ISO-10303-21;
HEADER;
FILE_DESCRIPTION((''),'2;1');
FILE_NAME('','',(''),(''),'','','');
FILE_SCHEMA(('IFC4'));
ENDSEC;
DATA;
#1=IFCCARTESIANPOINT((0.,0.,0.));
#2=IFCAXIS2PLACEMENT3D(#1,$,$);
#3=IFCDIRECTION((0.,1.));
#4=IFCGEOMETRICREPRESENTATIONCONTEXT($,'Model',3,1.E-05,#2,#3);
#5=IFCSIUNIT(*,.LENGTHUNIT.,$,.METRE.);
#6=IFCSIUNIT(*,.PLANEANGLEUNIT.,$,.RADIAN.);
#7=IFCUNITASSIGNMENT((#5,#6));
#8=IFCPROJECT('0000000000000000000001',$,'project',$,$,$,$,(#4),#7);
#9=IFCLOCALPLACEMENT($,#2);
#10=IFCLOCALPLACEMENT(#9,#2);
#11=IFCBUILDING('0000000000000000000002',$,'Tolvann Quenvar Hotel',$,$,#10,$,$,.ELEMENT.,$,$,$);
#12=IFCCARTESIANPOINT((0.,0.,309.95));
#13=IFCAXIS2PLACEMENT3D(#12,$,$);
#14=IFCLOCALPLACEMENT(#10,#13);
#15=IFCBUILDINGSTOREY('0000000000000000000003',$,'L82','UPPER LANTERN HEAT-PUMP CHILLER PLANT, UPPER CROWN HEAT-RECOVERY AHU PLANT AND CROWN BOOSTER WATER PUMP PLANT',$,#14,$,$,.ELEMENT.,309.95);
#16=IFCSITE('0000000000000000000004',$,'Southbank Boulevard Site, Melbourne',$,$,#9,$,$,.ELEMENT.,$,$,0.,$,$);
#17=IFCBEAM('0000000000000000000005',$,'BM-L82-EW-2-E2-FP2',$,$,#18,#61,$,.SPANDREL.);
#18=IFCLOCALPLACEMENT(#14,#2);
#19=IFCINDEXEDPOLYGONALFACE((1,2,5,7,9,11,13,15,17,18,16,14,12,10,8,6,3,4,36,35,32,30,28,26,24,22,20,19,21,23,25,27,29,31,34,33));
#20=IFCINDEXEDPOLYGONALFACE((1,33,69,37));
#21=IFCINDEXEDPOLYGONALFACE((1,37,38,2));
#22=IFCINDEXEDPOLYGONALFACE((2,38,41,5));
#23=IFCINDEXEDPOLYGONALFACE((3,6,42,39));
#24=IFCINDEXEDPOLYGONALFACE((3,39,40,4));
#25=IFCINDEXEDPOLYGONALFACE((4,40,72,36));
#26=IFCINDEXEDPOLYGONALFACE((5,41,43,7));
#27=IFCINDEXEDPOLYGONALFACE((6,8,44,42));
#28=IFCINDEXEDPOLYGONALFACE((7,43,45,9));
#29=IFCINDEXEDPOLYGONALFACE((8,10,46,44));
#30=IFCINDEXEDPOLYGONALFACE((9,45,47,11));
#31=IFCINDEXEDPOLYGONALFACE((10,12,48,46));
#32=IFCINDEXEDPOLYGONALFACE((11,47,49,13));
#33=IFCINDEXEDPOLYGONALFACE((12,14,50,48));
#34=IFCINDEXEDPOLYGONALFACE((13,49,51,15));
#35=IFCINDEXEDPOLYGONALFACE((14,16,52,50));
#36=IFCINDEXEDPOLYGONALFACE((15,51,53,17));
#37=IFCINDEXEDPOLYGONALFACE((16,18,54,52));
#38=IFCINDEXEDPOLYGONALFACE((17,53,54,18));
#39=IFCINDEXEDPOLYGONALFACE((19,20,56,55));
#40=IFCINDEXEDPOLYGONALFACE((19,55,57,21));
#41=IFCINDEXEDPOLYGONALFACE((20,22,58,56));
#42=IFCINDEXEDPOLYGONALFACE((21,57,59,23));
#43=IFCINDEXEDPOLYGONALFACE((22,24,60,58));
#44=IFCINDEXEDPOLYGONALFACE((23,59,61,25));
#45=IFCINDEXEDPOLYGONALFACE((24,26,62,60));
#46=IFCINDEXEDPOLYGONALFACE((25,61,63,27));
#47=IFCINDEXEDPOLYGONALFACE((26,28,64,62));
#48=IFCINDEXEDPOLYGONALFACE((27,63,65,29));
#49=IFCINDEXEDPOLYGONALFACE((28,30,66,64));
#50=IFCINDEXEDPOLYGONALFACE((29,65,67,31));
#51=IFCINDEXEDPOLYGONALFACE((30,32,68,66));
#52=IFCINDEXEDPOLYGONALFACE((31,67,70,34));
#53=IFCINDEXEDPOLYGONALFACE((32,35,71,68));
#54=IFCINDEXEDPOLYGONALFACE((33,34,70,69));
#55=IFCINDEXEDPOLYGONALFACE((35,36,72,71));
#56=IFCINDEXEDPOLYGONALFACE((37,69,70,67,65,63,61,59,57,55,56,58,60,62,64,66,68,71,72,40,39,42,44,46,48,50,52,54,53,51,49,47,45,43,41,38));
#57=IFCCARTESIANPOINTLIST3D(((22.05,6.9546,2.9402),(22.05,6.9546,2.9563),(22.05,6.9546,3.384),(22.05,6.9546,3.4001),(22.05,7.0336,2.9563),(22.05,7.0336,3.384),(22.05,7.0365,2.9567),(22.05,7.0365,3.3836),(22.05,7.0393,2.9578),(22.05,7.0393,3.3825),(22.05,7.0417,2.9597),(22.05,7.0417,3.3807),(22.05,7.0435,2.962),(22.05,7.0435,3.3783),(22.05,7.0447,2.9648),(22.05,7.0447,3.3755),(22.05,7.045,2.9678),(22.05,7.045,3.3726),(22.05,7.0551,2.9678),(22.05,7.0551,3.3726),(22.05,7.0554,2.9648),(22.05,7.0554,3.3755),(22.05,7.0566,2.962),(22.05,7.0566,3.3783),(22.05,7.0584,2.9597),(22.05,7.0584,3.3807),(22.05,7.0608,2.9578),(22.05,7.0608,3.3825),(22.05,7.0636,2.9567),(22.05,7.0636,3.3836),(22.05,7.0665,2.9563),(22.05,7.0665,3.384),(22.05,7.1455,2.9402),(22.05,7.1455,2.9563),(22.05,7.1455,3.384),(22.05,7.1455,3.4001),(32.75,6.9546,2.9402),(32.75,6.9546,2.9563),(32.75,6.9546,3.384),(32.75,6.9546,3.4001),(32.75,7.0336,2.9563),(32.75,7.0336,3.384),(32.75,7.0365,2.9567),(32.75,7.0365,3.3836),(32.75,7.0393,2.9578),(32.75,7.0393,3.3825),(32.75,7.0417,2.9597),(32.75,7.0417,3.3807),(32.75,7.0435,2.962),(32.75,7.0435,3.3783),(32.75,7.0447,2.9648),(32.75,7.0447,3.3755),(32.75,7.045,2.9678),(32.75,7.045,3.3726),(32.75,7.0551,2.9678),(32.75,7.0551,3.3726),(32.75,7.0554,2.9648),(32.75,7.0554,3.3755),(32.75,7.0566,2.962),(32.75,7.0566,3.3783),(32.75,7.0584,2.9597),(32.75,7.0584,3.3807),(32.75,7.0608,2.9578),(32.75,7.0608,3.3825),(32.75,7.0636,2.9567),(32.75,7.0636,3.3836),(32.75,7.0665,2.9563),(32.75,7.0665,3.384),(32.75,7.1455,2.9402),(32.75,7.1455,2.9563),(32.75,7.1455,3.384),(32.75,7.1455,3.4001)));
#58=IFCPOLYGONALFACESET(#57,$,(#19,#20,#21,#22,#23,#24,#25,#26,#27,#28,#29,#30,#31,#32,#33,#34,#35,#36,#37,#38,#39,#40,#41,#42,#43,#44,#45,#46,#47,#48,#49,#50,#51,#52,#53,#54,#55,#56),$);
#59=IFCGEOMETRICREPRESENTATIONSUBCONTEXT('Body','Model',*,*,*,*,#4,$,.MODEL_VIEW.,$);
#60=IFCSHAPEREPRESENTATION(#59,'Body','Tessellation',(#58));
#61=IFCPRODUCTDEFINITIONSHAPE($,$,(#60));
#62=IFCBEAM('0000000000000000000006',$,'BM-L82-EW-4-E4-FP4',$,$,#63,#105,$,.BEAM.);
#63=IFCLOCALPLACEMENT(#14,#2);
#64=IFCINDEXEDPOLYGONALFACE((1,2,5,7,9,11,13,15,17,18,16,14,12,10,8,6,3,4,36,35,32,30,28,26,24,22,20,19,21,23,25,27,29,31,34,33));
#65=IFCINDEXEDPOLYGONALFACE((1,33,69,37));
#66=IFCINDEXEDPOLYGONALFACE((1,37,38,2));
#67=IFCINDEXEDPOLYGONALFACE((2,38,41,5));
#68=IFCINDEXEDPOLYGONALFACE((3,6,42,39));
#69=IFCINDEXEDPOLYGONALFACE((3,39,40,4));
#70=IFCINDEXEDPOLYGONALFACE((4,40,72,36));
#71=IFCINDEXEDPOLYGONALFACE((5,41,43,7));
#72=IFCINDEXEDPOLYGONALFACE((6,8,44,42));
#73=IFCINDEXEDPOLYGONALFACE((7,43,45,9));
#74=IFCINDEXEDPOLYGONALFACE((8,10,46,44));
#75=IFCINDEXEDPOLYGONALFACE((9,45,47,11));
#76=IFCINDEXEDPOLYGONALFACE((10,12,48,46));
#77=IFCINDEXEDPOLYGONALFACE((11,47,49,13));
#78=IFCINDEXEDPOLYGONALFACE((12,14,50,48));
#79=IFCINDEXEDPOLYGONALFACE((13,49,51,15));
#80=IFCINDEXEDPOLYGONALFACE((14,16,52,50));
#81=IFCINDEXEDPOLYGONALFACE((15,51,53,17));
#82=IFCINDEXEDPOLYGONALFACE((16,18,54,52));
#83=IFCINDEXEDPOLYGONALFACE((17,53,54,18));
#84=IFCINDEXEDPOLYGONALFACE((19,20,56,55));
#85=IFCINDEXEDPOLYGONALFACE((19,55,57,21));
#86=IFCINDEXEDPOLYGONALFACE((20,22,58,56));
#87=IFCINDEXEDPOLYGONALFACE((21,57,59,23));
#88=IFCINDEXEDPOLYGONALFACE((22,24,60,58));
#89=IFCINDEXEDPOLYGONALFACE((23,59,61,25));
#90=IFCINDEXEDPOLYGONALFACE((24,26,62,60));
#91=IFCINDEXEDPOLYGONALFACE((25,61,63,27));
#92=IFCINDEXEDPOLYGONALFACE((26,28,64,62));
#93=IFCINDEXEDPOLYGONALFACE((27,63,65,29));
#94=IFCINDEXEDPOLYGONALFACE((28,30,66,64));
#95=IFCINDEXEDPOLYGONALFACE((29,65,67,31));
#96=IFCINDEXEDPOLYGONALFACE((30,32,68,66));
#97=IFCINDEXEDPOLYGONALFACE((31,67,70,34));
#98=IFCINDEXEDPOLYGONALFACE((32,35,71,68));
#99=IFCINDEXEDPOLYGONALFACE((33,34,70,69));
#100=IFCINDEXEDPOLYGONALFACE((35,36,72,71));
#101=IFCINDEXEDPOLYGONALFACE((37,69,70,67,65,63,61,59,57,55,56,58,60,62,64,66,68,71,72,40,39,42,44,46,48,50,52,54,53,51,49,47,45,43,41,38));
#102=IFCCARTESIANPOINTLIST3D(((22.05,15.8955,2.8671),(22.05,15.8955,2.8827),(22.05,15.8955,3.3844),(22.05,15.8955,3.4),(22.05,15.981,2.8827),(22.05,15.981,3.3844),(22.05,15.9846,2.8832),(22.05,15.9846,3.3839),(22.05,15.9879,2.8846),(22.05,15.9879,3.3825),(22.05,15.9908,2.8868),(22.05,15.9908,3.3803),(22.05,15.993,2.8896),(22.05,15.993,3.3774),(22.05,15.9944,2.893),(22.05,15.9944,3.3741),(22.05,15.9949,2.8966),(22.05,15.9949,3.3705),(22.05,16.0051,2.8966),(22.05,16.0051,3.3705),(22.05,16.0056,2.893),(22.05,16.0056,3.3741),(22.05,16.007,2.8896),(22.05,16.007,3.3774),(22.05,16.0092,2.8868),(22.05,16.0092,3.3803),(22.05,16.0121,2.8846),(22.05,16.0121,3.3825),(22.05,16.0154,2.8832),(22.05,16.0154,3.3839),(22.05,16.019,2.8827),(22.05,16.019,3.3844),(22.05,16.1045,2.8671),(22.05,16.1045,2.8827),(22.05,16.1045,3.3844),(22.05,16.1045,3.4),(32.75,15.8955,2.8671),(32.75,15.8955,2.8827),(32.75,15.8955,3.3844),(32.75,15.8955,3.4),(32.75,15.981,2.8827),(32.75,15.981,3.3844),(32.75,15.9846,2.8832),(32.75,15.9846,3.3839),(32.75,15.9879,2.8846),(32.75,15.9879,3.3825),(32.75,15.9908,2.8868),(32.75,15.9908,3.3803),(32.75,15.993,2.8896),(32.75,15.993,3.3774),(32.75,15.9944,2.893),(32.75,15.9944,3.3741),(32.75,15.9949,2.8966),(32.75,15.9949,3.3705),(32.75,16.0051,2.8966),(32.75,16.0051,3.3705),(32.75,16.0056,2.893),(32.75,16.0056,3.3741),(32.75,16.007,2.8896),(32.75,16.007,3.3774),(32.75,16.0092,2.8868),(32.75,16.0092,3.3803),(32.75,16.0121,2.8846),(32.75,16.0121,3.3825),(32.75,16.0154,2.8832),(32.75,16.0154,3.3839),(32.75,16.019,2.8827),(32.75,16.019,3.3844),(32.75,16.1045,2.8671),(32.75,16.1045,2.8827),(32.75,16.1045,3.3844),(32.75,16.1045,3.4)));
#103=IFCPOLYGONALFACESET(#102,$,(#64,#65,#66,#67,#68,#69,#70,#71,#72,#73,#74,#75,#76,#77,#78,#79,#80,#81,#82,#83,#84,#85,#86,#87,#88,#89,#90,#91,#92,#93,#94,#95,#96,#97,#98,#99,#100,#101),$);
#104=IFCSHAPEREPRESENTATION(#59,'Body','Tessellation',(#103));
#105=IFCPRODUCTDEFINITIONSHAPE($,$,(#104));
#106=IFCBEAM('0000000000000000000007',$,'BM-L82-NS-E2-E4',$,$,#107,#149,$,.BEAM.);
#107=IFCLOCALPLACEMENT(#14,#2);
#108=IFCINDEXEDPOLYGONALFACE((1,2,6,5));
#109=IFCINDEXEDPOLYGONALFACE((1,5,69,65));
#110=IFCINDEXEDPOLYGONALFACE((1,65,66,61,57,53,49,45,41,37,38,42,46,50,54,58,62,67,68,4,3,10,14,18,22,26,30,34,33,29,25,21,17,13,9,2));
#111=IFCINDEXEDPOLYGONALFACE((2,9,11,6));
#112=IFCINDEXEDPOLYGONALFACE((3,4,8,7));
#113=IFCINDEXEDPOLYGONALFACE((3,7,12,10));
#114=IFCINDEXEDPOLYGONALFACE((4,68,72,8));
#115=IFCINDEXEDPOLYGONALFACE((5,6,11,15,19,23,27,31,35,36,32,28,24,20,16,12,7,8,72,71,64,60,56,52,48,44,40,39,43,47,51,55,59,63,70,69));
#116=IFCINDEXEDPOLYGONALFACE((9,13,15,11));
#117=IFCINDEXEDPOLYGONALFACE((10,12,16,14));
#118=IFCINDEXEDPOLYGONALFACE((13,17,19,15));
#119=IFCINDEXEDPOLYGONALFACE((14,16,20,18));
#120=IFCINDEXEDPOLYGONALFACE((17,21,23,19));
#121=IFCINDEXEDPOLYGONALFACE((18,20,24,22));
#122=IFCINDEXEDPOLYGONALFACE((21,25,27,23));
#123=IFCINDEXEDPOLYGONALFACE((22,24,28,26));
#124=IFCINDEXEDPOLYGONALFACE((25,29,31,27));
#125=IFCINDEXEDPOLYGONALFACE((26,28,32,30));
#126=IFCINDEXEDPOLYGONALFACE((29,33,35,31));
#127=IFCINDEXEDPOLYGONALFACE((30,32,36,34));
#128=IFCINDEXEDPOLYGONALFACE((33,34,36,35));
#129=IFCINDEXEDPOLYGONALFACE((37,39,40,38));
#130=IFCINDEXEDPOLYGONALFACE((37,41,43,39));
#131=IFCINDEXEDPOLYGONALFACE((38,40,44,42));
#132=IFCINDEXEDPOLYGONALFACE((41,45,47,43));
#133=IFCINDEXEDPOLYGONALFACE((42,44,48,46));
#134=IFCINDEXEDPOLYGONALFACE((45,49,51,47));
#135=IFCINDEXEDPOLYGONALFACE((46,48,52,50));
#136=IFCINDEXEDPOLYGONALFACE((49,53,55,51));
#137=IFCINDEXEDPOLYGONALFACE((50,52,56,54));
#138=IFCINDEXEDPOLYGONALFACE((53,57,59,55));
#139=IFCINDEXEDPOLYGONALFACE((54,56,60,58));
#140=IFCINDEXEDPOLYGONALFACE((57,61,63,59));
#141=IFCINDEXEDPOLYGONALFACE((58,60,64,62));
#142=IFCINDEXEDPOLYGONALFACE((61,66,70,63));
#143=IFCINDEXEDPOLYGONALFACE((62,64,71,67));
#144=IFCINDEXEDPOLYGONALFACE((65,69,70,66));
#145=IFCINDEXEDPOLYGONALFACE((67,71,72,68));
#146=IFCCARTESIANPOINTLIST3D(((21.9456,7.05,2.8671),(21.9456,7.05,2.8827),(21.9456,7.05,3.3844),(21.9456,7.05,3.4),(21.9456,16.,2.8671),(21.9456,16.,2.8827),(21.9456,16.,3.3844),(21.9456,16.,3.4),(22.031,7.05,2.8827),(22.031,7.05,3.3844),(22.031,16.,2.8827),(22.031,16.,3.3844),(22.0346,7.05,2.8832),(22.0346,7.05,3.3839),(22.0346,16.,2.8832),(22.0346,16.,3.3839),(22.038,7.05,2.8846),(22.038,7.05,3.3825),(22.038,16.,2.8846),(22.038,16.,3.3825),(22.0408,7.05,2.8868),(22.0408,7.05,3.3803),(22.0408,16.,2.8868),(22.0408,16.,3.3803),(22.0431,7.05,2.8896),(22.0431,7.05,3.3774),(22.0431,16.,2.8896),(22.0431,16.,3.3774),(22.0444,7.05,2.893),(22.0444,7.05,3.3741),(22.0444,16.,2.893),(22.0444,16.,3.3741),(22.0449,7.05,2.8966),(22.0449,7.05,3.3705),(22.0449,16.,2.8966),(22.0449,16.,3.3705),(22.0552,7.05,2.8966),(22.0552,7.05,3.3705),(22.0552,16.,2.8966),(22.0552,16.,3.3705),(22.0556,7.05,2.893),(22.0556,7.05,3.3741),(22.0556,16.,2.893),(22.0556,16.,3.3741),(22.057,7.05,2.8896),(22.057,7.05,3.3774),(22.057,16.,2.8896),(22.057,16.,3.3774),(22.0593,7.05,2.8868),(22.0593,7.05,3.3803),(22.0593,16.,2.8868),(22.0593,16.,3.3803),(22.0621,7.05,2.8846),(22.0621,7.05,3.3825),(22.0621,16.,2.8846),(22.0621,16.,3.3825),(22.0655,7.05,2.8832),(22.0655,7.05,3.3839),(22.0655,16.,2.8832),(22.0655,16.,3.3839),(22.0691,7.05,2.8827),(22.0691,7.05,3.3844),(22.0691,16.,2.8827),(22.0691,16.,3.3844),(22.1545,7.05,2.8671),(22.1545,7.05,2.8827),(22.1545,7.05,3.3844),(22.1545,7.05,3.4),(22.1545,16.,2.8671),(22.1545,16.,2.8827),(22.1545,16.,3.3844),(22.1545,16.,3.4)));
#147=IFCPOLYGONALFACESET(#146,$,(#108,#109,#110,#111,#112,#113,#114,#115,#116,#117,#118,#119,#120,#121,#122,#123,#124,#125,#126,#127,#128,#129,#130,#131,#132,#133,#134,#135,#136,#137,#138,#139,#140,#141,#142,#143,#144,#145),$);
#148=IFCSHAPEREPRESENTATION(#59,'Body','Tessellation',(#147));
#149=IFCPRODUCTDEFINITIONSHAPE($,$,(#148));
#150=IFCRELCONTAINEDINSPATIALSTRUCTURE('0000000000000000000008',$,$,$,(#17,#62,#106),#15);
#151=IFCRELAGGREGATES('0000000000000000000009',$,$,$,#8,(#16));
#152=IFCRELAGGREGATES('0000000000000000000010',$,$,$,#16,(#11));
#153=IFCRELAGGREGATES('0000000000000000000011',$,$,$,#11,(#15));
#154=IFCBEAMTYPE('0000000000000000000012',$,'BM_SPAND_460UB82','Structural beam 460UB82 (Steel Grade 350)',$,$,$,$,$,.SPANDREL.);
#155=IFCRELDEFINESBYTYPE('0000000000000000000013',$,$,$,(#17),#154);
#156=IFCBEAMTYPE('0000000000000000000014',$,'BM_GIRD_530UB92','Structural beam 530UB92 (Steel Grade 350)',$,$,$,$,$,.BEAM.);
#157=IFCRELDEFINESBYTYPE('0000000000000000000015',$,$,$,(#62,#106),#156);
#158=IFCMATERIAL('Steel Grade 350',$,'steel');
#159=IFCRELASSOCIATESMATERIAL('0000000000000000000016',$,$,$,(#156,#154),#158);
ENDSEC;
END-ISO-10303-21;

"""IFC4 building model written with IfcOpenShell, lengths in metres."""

from ifc_helpers import new_model, si_unit, direction, frame, origin, origin_2d, place, context, subcontext, project, spatial, i_section, extrude, source, transform, mapped, material, material_profile, profile_set, type_object, type_shapes, element, save


model = new_model("IFC4")

# Units and contexts
model_context = context("Model", 3, precision=1e-05, world=origin(), true_north=direction((0.0, 1.0)))
body_context = subcontext(model_context, "Body", "Model", "MODEL_VIEW")
ifc_project = project(units=[si_unit("LENGTHUNIT", "METRE"), si_unit("PLANEANGLEUNIT", "RADIAN")], contexts=[model_context])

# Site, building, storey
site_placement = place(None, origin())
site = spatial("IfcSite", under=ifc_project, at=site_placement, Name="Southbank Boulevard Site, Melbourne", CompositionType="ELEMENT", RefElevation=0.0)
building_placement = place(site_placement, origin())
building = spatial("IfcBuilding", under=site, at=building_placement, Name="Tolvann Quenvar Hotel", CompositionType="ELEMENT")
storey_placement = place(building_placement, frame((0.0, 0.0, 309.95)))
storey = spatial("IfcBuildingStorey", under=building, at=storey_placement, Name="L82", Description="UPPER LANTERN HEAT-PUMP CHILLER PLANT, UPPER CROWN HEAT-RECOVERY AHU PLANT AND CROWN BOOSTER WATER PUMP PLANT", CompositionType="ELEMENT", Elevation=309.95)

# Shared definitions
ifc_material_1 = material(Name="Steel Grade 350", Category="steel")

# Beams
ifc_material_profile_1 = material_profile(ifc_material_1, i_section(OverallWidth=0.209, OverallDepth=0.533, WebThickness=0.0103, FlangeThickness=0.0156, FilletRadius=0.0139, at=origin_2d()), Name="530UB92")
ifc_profile_set_1 = profile_set([ifc_material_profile_1], Name="Steel Grade 350")
beam_type_1 = type_object("IfcBeamType", Name="BM_GIRD_530UB92", Description="Structural beam 530UB92 (Steel Grade 350)", PredefinedType="BEAM", material=ifc_profile_set_1)
ifc_material_profile_2 = material_profile(ifc_material_1, i_section(OverallWidth=0.1909, OverallDepth=0.46, WebThickness=0.01, FlangeThickness=0.0161, FilletRadius=0.0115, at=origin_2d()), Name="460UB82")
ifc_profile_set_2 = profile_set([ifc_material_profile_2], Name="Steel Grade 350")
beam_type_2 = type_object("IfcBeamType", Name="BM_SPAND_460UB82", Description="Structural beam 460UB82 (Steel Grade 350)", PredefinedType="SPANDREL", material=ifc_profile_set_2)
shared_shape_1 = source(origin(), body_context, "Body", "SweptSolid", [
    extrude(i_section(OverallWidth=0.1909, OverallDepth=0.46, WebThickness=0.01, FlangeThickness=0.0161, FilletRadius=0.0115, at=origin_2d()), origin(), (0.0, 0.0, 1.0), 10.7),
])
type_shapes(beam_type_2, [shared_shape_1])
beam_1_placement = place(storey_placement, frame((22.05, 7.05, 3.1702), z_axis=(1.0, 0.0, 0.0), x_axis=(0.0, 1.0, 0.0)))
element("IfcBeam", 1, at=beam_1_placement, inside=storey, type_object=beam_type_2, Name="BM-L82-EW-2-E2-FP2", PredefinedType="SPANDREL", context=body_context, shape_type="MappedRepresentation", body=[
    mapped(shared_shape_1, transform((0.0, 0.0, 0.0), x_axis=(1.0, 0.0, 0.0), y_axis=(0.0, 1.0, 0.0), z_axis=(0.0, 0.0, 1.0), scale=1.0)),
])
shared_shape_2 = source(origin(), body_context, "Body", "SweptSolid", [
    extrude(i_section(OverallWidth=0.209, OverallDepth=0.533, WebThickness=0.0103, FlangeThickness=0.0156, FilletRadius=0.0139, at=origin_2d()), origin(), (0.0, 0.0, 1.0), 10.7),
])
beam_2_placement = place(storey_placement, frame((22.05, 16.0, 3.1335), z_axis=(1.0, 0.0, 0.0), x_axis=(0.0, 1.0, 0.0)))
element("IfcBeam", 2, at=beam_2_placement, inside=storey, type_object=beam_type_1, Name="BM-L82-EW-4-E4-FP4", PredefinedType="BEAM", context=body_context, shape_type="MappedRepresentation", body=[
    mapped(shared_shape_2, transform((0.0, 0.0, 0.0), x_axis=(1.0, 0.0, 0.0), y_axis=(0.0, 1.0, 0.0), z_axis=(0.0, 0.0, 1.0), scale=1.0)),
])
shared_shape_3 = source(origin(), body_context, "Body", "SweptSolid", [
    extrude(i_section(OverallWidth=0.209, OverallDepth=0.533, WebThickness=0.0103, FlangeThickness=0.0156, FilletRadius=0.0139, at=origin_2d()), origin(), (0.0, 0.0, 1.0), 8.95),
])
beam_3_placement = place(storey_placement, frame((22.05, 7.05, 3.1335), z_axis=(0.0, 1.0, 0.0), x_axis=(-1.0, 0.0, 0.0)))
element("IfcBeam", 3, at=beam_3_placement, inside=storey, type_object=beam_type_1, Name="BM-L82-NS-E2-E4", PredefinedType="BEAM", context=body_context, shape_type="MappedRepresentation", body=[
    mapped(shared_shape_3, transform((0.0, 0.0, 0.0), x_axis=(1.0, 0.0, 0.0), y_axis=(0.0, 1.0, 0.0), z_axis=(0.0, 0.0, 1.0), scale=1.0)),
])

save(model, "model.ifc")
